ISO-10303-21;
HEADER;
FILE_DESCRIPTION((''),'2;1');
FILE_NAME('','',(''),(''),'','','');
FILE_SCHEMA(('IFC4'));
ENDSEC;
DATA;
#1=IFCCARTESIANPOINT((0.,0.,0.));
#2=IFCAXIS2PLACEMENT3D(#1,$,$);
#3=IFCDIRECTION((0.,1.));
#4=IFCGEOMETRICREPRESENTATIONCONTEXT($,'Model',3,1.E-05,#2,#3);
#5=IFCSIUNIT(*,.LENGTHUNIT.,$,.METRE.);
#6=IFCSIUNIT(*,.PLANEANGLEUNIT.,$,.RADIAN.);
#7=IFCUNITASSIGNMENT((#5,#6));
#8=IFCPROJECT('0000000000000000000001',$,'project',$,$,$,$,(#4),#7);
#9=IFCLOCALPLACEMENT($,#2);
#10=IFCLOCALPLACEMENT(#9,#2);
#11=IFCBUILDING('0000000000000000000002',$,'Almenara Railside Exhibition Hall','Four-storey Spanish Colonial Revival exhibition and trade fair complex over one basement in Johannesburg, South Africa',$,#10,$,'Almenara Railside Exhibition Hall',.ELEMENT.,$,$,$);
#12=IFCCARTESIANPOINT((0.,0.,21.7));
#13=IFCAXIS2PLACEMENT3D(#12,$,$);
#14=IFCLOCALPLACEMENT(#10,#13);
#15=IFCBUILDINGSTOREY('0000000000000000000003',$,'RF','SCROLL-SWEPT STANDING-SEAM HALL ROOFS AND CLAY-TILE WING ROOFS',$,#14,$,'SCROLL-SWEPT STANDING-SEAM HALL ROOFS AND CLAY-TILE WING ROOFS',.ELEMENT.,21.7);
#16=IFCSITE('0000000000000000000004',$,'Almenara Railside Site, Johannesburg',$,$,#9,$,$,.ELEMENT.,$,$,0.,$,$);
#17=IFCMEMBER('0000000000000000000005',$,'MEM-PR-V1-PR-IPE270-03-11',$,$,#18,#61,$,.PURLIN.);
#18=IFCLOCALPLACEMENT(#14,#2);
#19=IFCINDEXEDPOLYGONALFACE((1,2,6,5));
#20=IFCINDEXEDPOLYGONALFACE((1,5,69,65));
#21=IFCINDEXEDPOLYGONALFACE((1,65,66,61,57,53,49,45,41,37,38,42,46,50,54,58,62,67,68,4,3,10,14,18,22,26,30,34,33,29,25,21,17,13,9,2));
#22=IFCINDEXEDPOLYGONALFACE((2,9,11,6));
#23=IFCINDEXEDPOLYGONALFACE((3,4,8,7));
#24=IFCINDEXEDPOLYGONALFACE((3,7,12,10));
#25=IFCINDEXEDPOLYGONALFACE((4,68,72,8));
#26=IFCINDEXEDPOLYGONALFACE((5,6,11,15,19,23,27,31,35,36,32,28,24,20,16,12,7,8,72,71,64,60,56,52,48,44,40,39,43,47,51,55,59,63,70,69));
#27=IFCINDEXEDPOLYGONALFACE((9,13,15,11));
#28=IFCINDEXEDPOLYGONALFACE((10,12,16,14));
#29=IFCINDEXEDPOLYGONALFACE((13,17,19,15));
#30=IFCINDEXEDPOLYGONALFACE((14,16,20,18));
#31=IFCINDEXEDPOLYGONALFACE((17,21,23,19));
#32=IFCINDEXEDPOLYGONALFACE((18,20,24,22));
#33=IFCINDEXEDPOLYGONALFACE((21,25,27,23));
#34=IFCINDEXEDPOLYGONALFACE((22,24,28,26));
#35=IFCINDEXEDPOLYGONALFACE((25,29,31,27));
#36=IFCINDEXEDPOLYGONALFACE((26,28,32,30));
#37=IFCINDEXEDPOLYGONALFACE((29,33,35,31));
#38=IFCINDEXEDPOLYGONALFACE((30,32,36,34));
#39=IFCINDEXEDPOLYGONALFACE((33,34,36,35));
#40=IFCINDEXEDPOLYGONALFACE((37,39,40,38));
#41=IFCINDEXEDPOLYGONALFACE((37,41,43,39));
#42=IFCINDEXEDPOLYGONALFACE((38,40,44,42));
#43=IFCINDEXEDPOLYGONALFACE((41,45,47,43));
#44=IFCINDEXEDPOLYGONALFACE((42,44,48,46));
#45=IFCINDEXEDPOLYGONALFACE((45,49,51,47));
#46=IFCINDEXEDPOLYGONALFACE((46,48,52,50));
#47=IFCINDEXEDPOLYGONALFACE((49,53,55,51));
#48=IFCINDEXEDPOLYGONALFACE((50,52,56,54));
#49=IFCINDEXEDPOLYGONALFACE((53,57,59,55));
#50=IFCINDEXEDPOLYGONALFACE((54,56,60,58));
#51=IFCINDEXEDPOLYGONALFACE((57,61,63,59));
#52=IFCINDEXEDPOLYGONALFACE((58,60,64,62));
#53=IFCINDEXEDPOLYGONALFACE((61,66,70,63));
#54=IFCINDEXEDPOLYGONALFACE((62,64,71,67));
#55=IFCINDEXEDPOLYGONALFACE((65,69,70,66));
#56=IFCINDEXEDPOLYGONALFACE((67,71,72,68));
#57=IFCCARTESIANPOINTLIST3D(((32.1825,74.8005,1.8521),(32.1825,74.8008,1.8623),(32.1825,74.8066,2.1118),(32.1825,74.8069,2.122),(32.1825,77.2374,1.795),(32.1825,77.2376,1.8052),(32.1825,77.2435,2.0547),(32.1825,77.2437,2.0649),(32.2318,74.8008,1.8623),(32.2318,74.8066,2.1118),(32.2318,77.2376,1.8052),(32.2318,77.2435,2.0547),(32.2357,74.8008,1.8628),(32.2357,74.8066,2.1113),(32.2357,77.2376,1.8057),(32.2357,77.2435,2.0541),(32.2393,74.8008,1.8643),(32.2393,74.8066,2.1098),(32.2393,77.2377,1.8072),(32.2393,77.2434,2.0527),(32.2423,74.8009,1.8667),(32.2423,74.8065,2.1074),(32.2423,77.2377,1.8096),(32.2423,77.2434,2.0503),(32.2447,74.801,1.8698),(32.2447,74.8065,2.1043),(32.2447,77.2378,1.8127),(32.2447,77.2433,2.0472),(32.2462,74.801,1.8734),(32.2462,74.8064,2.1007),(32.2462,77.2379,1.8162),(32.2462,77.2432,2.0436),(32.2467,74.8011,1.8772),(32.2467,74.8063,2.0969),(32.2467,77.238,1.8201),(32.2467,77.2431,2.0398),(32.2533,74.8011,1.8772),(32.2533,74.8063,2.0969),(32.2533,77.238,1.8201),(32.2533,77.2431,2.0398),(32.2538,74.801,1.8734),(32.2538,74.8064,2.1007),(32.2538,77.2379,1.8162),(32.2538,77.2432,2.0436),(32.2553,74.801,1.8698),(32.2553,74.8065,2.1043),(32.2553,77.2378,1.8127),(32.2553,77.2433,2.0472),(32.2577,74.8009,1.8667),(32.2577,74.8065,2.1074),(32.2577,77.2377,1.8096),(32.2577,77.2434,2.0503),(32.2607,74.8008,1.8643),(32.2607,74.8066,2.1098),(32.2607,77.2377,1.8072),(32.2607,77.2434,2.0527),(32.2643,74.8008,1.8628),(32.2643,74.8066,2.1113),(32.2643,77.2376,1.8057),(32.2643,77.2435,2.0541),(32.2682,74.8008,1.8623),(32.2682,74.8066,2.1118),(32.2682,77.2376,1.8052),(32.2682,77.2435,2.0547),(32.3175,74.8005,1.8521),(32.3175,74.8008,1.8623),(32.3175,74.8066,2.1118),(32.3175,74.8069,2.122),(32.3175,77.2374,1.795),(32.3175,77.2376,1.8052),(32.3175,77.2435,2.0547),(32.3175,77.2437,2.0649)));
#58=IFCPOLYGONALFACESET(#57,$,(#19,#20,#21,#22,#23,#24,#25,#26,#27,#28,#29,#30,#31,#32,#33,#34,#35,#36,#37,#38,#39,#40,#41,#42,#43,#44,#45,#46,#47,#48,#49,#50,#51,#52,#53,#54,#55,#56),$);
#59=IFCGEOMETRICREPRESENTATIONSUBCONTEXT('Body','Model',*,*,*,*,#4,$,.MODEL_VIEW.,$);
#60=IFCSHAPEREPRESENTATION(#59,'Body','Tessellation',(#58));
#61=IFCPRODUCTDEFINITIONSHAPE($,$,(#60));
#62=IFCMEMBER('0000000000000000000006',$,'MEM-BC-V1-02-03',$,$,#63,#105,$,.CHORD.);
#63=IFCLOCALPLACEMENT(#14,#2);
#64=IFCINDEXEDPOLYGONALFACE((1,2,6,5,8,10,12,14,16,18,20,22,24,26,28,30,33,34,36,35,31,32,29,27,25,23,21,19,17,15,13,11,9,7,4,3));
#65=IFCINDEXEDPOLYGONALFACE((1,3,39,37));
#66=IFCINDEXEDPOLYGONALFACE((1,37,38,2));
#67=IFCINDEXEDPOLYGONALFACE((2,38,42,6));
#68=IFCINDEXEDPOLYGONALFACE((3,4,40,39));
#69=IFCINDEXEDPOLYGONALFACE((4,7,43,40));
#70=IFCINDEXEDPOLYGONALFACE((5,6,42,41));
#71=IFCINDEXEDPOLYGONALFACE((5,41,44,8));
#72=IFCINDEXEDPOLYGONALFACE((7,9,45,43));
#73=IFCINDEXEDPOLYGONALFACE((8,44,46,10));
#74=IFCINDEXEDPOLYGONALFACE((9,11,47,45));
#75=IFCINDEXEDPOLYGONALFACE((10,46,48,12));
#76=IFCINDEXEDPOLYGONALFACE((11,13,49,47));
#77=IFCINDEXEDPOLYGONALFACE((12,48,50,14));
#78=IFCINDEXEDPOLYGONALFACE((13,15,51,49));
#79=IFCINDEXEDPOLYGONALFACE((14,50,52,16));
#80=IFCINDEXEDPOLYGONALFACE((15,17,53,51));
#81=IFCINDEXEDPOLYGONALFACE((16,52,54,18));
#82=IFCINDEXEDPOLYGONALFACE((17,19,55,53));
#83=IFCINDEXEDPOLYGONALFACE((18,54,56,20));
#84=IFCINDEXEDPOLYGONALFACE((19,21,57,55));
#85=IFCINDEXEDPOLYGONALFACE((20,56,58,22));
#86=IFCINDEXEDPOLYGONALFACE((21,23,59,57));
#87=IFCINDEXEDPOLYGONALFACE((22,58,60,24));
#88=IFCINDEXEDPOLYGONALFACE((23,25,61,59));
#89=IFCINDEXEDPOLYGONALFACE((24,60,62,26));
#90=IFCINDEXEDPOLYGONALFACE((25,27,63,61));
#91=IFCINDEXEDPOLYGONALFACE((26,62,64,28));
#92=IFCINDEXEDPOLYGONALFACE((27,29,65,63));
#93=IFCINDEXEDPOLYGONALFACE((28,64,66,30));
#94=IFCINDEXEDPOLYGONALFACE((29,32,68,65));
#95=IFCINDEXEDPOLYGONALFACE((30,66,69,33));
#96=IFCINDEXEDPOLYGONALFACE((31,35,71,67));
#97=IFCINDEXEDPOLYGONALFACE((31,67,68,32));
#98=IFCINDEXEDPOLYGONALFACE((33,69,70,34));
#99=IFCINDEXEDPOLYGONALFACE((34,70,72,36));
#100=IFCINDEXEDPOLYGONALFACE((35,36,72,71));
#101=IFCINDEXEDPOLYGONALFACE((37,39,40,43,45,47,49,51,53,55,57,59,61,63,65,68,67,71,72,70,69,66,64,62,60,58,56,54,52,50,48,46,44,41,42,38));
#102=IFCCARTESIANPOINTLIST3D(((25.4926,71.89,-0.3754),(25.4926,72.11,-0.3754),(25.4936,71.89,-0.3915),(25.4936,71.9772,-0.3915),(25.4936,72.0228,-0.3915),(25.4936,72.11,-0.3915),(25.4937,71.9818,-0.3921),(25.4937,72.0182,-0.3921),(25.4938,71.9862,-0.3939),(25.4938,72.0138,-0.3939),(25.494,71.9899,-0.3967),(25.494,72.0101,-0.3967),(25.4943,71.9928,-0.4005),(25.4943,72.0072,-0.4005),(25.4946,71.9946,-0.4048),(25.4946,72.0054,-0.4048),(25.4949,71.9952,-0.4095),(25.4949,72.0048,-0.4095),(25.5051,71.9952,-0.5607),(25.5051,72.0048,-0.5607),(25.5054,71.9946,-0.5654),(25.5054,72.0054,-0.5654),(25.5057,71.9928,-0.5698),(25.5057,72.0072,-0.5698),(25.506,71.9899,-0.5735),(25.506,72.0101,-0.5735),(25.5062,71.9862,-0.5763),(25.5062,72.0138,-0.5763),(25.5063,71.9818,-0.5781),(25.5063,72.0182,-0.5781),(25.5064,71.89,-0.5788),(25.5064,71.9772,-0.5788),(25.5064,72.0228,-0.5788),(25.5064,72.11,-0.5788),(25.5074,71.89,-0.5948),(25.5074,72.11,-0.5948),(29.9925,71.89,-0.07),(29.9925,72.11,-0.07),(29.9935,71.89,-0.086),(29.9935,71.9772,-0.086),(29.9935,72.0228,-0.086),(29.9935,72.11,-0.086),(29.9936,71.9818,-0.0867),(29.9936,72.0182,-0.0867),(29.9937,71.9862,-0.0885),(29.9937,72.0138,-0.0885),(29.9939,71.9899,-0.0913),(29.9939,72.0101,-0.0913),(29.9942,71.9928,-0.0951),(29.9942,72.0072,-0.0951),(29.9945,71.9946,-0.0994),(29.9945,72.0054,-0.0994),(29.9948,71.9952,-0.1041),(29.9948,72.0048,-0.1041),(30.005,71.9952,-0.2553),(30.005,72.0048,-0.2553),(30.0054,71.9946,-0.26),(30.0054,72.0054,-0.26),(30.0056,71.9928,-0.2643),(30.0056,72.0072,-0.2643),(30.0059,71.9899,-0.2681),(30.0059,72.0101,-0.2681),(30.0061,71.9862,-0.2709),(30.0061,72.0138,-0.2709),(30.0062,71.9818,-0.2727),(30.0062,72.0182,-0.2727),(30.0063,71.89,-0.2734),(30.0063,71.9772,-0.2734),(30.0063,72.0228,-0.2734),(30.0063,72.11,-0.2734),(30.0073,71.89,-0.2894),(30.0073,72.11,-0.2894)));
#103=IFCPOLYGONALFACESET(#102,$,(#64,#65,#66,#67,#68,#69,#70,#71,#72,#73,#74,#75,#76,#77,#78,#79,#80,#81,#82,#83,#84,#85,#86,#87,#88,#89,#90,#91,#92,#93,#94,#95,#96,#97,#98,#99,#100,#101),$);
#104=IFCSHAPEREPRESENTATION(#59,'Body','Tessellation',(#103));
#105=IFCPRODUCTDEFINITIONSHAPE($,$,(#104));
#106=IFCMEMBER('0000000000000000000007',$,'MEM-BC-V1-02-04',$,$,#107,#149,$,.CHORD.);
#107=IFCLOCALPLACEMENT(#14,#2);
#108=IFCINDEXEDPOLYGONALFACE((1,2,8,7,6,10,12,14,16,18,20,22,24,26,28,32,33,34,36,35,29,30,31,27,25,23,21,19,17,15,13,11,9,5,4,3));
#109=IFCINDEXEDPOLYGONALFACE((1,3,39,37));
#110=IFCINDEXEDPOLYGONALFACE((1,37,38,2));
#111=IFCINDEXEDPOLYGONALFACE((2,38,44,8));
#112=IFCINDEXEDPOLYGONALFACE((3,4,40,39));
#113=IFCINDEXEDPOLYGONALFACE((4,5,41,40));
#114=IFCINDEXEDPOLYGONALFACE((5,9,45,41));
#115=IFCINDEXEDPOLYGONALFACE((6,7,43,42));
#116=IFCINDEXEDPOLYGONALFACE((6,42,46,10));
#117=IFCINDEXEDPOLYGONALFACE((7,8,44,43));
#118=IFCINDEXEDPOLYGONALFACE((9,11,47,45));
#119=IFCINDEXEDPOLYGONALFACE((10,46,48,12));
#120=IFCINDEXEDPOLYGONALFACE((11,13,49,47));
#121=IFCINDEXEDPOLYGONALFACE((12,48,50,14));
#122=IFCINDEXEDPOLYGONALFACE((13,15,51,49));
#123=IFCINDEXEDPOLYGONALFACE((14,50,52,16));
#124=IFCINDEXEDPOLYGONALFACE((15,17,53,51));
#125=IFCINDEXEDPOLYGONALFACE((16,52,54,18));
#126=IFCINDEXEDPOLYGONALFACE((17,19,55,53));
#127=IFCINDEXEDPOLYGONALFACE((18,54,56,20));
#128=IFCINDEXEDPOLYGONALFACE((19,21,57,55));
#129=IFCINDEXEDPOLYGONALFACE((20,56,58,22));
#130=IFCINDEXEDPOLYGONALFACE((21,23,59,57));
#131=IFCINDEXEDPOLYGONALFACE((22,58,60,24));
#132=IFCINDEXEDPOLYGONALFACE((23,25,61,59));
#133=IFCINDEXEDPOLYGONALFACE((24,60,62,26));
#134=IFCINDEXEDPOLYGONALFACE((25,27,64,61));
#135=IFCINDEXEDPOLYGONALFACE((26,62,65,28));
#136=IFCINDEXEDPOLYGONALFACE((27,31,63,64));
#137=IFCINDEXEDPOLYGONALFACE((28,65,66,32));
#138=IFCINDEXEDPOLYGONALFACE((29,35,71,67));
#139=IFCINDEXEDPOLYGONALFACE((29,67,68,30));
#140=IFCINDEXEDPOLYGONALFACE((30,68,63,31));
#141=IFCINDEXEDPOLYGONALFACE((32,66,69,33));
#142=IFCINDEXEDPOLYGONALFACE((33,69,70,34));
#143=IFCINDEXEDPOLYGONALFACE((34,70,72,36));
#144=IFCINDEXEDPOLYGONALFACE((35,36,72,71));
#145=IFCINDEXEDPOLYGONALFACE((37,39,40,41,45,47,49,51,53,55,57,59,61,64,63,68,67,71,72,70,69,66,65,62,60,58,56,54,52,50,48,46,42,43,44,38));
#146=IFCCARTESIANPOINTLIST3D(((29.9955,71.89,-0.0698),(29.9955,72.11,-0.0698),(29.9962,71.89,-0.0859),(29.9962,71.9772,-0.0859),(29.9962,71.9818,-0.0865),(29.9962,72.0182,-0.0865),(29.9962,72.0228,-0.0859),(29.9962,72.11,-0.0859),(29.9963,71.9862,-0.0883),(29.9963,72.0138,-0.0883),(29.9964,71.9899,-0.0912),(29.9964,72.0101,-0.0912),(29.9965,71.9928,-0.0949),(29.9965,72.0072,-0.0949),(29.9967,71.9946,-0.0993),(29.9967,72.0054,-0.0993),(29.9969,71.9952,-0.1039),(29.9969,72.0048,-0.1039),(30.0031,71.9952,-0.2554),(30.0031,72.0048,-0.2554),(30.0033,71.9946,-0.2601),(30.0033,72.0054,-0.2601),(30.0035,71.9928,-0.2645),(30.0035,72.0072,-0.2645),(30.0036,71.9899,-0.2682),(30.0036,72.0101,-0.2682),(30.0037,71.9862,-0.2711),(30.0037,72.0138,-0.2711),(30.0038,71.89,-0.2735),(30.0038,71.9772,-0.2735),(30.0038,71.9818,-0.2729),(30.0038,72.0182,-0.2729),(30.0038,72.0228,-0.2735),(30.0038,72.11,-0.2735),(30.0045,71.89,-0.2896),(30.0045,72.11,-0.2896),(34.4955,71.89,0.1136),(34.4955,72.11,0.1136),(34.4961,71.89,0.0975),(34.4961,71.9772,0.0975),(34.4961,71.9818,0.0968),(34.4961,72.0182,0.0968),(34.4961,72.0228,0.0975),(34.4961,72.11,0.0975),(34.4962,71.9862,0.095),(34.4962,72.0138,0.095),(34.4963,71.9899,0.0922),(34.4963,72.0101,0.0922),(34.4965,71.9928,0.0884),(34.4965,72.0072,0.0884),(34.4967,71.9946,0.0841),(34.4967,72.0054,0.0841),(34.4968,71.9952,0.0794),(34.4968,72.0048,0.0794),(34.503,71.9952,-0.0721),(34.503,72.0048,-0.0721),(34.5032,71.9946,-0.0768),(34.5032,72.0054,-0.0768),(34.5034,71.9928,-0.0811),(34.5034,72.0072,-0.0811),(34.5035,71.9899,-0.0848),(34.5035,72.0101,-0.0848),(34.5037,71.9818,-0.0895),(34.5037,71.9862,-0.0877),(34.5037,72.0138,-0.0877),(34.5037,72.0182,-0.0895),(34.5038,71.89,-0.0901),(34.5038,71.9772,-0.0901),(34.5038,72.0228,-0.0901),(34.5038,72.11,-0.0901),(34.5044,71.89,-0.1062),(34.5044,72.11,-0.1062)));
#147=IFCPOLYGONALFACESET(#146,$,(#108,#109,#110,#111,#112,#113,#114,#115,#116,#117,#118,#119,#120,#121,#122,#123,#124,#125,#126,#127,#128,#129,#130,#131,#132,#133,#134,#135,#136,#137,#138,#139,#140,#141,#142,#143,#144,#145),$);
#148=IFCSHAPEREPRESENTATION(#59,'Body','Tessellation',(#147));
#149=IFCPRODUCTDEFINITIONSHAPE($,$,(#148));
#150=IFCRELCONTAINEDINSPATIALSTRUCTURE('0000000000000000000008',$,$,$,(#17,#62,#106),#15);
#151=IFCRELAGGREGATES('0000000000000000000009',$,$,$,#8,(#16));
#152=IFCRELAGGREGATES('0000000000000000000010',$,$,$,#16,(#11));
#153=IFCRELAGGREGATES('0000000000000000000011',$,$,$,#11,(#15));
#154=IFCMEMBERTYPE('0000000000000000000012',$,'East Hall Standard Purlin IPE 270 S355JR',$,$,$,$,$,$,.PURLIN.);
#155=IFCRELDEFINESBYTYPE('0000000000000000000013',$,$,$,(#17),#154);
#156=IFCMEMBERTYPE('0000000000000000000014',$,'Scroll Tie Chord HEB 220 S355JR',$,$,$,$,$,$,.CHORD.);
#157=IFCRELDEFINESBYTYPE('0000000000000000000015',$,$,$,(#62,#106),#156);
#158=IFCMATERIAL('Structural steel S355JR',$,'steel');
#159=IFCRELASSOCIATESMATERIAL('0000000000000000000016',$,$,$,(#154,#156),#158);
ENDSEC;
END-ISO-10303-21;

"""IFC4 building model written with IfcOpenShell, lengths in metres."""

from ifc_helpers import new_model, si_unit, direction, frame, origin, origin_2d, place, context, subcontext, project, spatial, i_section, extrude, material, material_profile, profile_set, type_object, element, save


model = new_model("IFC4")

# Units and contexts
model_context = context("Model", 3, precision=1e-05, world=origin(), true_north=direction((0.0, 1.0)))
body_context = subcontext(model_context, "Body", "Model", "MODEL_VIEW")
ifc_project = project(units=[si_unit("LENGTHUNIT", "METRE"), si_unit("PLANEANGLEUNIT", "RADIAN")], contexts=[model_context])

# Site, building, storey
site_placement = place(None, origin())
site = spatial("IfcSite", under=ifc_project, at=site_placement, Name="Almenara Railside Site, Johannesburg", CompositionType="ELEMENT", RefElevation=0.0)
building_placement = place(site_placement, origin())
building = spatial("IfcBuilding", under=site, at=building_placement, Name="Almenara Railside Exhibition Hall", Description="Four-storey Spanish Colonial Revival exhibition and trade fair complex over one basement in Johannesburg, South Africa", LongName="Almenara Railside Exhibition Hall", CompositionType="ELEMENT")
storey_placement = place(building_placement, frame((0.0, 0.0, 21.7)))
storey = spatial("IfcBuildingStorey", under=building, at=storey_placement, Name="RF", Description="SCROLL-SWEPT STANDING-SEAM HALL ROOFS AND CLAY-TILE WING ROOFS", LongName="SCROLL-SWEPT STANDING-SEAM HALL ROOFS AND CLAY-TILE WING ROOFS", CompositionType="ELEMENT", Elevation=21.7)

# Members
ifc_material_1 = material(Name="Structural steel S355JR", Category="steel")
ifc_material_profile_1 = material_profile(ifc_material_1, i_section(OverallWidth=0.135, OverallDepth=0.27, WebThickness=0.0066, FlangeThickness=0.0103, FilletRadius=0.0149, at=origin_2d()), Name="IPE 270")
ifc_profile_set_1 = profile_set([ifc_material_profile_1], Name="Structural steel S355JR")
member_type_1 = type_object("IfcMemberType", Name="East Hall Standard Purlin IPE 270 S355JR", PredefinedType="PURLIN", material=ifc_profile_set_1)
member_1_placement = place(storey_placement, frame((32.25, 74.8037, 1.9871), z_axis=(0.0, 0.999725, -0.023438), x_axis=(-1.0, 0.0, 0.0)))
element("IfcMember", 1, at=member_1_placement, inside=storey, type_object=member_type_1, Name="MEM-PR-V1-PR-IPE270-03-11", PredefinedType="PURLIN", context=body_context, shape_type="SweptSolid", body=[
    extrude(i_section(OverallWidth=0.135, OverallDepth=0.27, WebThickness=0.0066, FlangeThickness=0.0103, FilletRadius=0.0149, at=origin_2d()), origin(), (0.0, 0.0, 1.0), 2.4375),
])
ifc_material_profile_2 = material_profile(ifc_material_1, i_section(OverallWidth=0.22, OverallDepth=0.22, WebThickness=0.0095, FlangeThickness=0.0161, FilletRadius=0.0181, at=origin_2d()), Name="HEB 220")
ifc_profile_set_2 = profile_set([ifc_material_profile_2], Name="Structural steel S355JR")
member_type_2 = type_object("IfcMemberType", Name="Scroll Tie Chord HEB 220 S355JR", PredefinedType="CHORD", material=ifc_profile_set_2)
member_2_placement = place(storey_placement, frame((25.5, 72.0, -0.4851), z_axis=(0.997705, 0.0, 0.067715), x_axis=(0.0, 1.0, 0.0)))
element("IfcMember", 2, at=member_2_placement, inside=storey, type_object=member_type_2, Name="MEM-BC-V1-02-03", PredefinedType="CHORD", context=body_context, shape_type="SweptSolid", body=[
    extrude(i_section(OverallWidth=0.22, OverallDepth=0.22, WebThickness=0.0095, FlangeThickness=0.0161, FilletRadius=0.0181, at=origin_2d()), origin(), (0.0, 0.0, 1.0), 4.5103),
])
member_3_placement = place(storey_placement, frame((30.0, 72.0, -0.1797), z_axis=(0.999171, 0.0, 0.040711), x_axis=(0.0, 1.0, 0.0)))
element("IfcMember", 3, at=member_3_placement, inside=storey, type_object=member_type_2, Name="MEM-BC-V1-02-04", PredefinedType="CHORD", context=body_context, shape_type="SweptSolid", body=[
    extrude(i_section(OverallWidth=0.22, OverallDepth=0.22, WebThickness=0.0095, FlangeThickness=0.0161, FilletRadius=0.0181, at=origin_2d()), origin(), (0.0, 0.0, 1.0), 4.5037),
])

save(model, "model.ifc")
